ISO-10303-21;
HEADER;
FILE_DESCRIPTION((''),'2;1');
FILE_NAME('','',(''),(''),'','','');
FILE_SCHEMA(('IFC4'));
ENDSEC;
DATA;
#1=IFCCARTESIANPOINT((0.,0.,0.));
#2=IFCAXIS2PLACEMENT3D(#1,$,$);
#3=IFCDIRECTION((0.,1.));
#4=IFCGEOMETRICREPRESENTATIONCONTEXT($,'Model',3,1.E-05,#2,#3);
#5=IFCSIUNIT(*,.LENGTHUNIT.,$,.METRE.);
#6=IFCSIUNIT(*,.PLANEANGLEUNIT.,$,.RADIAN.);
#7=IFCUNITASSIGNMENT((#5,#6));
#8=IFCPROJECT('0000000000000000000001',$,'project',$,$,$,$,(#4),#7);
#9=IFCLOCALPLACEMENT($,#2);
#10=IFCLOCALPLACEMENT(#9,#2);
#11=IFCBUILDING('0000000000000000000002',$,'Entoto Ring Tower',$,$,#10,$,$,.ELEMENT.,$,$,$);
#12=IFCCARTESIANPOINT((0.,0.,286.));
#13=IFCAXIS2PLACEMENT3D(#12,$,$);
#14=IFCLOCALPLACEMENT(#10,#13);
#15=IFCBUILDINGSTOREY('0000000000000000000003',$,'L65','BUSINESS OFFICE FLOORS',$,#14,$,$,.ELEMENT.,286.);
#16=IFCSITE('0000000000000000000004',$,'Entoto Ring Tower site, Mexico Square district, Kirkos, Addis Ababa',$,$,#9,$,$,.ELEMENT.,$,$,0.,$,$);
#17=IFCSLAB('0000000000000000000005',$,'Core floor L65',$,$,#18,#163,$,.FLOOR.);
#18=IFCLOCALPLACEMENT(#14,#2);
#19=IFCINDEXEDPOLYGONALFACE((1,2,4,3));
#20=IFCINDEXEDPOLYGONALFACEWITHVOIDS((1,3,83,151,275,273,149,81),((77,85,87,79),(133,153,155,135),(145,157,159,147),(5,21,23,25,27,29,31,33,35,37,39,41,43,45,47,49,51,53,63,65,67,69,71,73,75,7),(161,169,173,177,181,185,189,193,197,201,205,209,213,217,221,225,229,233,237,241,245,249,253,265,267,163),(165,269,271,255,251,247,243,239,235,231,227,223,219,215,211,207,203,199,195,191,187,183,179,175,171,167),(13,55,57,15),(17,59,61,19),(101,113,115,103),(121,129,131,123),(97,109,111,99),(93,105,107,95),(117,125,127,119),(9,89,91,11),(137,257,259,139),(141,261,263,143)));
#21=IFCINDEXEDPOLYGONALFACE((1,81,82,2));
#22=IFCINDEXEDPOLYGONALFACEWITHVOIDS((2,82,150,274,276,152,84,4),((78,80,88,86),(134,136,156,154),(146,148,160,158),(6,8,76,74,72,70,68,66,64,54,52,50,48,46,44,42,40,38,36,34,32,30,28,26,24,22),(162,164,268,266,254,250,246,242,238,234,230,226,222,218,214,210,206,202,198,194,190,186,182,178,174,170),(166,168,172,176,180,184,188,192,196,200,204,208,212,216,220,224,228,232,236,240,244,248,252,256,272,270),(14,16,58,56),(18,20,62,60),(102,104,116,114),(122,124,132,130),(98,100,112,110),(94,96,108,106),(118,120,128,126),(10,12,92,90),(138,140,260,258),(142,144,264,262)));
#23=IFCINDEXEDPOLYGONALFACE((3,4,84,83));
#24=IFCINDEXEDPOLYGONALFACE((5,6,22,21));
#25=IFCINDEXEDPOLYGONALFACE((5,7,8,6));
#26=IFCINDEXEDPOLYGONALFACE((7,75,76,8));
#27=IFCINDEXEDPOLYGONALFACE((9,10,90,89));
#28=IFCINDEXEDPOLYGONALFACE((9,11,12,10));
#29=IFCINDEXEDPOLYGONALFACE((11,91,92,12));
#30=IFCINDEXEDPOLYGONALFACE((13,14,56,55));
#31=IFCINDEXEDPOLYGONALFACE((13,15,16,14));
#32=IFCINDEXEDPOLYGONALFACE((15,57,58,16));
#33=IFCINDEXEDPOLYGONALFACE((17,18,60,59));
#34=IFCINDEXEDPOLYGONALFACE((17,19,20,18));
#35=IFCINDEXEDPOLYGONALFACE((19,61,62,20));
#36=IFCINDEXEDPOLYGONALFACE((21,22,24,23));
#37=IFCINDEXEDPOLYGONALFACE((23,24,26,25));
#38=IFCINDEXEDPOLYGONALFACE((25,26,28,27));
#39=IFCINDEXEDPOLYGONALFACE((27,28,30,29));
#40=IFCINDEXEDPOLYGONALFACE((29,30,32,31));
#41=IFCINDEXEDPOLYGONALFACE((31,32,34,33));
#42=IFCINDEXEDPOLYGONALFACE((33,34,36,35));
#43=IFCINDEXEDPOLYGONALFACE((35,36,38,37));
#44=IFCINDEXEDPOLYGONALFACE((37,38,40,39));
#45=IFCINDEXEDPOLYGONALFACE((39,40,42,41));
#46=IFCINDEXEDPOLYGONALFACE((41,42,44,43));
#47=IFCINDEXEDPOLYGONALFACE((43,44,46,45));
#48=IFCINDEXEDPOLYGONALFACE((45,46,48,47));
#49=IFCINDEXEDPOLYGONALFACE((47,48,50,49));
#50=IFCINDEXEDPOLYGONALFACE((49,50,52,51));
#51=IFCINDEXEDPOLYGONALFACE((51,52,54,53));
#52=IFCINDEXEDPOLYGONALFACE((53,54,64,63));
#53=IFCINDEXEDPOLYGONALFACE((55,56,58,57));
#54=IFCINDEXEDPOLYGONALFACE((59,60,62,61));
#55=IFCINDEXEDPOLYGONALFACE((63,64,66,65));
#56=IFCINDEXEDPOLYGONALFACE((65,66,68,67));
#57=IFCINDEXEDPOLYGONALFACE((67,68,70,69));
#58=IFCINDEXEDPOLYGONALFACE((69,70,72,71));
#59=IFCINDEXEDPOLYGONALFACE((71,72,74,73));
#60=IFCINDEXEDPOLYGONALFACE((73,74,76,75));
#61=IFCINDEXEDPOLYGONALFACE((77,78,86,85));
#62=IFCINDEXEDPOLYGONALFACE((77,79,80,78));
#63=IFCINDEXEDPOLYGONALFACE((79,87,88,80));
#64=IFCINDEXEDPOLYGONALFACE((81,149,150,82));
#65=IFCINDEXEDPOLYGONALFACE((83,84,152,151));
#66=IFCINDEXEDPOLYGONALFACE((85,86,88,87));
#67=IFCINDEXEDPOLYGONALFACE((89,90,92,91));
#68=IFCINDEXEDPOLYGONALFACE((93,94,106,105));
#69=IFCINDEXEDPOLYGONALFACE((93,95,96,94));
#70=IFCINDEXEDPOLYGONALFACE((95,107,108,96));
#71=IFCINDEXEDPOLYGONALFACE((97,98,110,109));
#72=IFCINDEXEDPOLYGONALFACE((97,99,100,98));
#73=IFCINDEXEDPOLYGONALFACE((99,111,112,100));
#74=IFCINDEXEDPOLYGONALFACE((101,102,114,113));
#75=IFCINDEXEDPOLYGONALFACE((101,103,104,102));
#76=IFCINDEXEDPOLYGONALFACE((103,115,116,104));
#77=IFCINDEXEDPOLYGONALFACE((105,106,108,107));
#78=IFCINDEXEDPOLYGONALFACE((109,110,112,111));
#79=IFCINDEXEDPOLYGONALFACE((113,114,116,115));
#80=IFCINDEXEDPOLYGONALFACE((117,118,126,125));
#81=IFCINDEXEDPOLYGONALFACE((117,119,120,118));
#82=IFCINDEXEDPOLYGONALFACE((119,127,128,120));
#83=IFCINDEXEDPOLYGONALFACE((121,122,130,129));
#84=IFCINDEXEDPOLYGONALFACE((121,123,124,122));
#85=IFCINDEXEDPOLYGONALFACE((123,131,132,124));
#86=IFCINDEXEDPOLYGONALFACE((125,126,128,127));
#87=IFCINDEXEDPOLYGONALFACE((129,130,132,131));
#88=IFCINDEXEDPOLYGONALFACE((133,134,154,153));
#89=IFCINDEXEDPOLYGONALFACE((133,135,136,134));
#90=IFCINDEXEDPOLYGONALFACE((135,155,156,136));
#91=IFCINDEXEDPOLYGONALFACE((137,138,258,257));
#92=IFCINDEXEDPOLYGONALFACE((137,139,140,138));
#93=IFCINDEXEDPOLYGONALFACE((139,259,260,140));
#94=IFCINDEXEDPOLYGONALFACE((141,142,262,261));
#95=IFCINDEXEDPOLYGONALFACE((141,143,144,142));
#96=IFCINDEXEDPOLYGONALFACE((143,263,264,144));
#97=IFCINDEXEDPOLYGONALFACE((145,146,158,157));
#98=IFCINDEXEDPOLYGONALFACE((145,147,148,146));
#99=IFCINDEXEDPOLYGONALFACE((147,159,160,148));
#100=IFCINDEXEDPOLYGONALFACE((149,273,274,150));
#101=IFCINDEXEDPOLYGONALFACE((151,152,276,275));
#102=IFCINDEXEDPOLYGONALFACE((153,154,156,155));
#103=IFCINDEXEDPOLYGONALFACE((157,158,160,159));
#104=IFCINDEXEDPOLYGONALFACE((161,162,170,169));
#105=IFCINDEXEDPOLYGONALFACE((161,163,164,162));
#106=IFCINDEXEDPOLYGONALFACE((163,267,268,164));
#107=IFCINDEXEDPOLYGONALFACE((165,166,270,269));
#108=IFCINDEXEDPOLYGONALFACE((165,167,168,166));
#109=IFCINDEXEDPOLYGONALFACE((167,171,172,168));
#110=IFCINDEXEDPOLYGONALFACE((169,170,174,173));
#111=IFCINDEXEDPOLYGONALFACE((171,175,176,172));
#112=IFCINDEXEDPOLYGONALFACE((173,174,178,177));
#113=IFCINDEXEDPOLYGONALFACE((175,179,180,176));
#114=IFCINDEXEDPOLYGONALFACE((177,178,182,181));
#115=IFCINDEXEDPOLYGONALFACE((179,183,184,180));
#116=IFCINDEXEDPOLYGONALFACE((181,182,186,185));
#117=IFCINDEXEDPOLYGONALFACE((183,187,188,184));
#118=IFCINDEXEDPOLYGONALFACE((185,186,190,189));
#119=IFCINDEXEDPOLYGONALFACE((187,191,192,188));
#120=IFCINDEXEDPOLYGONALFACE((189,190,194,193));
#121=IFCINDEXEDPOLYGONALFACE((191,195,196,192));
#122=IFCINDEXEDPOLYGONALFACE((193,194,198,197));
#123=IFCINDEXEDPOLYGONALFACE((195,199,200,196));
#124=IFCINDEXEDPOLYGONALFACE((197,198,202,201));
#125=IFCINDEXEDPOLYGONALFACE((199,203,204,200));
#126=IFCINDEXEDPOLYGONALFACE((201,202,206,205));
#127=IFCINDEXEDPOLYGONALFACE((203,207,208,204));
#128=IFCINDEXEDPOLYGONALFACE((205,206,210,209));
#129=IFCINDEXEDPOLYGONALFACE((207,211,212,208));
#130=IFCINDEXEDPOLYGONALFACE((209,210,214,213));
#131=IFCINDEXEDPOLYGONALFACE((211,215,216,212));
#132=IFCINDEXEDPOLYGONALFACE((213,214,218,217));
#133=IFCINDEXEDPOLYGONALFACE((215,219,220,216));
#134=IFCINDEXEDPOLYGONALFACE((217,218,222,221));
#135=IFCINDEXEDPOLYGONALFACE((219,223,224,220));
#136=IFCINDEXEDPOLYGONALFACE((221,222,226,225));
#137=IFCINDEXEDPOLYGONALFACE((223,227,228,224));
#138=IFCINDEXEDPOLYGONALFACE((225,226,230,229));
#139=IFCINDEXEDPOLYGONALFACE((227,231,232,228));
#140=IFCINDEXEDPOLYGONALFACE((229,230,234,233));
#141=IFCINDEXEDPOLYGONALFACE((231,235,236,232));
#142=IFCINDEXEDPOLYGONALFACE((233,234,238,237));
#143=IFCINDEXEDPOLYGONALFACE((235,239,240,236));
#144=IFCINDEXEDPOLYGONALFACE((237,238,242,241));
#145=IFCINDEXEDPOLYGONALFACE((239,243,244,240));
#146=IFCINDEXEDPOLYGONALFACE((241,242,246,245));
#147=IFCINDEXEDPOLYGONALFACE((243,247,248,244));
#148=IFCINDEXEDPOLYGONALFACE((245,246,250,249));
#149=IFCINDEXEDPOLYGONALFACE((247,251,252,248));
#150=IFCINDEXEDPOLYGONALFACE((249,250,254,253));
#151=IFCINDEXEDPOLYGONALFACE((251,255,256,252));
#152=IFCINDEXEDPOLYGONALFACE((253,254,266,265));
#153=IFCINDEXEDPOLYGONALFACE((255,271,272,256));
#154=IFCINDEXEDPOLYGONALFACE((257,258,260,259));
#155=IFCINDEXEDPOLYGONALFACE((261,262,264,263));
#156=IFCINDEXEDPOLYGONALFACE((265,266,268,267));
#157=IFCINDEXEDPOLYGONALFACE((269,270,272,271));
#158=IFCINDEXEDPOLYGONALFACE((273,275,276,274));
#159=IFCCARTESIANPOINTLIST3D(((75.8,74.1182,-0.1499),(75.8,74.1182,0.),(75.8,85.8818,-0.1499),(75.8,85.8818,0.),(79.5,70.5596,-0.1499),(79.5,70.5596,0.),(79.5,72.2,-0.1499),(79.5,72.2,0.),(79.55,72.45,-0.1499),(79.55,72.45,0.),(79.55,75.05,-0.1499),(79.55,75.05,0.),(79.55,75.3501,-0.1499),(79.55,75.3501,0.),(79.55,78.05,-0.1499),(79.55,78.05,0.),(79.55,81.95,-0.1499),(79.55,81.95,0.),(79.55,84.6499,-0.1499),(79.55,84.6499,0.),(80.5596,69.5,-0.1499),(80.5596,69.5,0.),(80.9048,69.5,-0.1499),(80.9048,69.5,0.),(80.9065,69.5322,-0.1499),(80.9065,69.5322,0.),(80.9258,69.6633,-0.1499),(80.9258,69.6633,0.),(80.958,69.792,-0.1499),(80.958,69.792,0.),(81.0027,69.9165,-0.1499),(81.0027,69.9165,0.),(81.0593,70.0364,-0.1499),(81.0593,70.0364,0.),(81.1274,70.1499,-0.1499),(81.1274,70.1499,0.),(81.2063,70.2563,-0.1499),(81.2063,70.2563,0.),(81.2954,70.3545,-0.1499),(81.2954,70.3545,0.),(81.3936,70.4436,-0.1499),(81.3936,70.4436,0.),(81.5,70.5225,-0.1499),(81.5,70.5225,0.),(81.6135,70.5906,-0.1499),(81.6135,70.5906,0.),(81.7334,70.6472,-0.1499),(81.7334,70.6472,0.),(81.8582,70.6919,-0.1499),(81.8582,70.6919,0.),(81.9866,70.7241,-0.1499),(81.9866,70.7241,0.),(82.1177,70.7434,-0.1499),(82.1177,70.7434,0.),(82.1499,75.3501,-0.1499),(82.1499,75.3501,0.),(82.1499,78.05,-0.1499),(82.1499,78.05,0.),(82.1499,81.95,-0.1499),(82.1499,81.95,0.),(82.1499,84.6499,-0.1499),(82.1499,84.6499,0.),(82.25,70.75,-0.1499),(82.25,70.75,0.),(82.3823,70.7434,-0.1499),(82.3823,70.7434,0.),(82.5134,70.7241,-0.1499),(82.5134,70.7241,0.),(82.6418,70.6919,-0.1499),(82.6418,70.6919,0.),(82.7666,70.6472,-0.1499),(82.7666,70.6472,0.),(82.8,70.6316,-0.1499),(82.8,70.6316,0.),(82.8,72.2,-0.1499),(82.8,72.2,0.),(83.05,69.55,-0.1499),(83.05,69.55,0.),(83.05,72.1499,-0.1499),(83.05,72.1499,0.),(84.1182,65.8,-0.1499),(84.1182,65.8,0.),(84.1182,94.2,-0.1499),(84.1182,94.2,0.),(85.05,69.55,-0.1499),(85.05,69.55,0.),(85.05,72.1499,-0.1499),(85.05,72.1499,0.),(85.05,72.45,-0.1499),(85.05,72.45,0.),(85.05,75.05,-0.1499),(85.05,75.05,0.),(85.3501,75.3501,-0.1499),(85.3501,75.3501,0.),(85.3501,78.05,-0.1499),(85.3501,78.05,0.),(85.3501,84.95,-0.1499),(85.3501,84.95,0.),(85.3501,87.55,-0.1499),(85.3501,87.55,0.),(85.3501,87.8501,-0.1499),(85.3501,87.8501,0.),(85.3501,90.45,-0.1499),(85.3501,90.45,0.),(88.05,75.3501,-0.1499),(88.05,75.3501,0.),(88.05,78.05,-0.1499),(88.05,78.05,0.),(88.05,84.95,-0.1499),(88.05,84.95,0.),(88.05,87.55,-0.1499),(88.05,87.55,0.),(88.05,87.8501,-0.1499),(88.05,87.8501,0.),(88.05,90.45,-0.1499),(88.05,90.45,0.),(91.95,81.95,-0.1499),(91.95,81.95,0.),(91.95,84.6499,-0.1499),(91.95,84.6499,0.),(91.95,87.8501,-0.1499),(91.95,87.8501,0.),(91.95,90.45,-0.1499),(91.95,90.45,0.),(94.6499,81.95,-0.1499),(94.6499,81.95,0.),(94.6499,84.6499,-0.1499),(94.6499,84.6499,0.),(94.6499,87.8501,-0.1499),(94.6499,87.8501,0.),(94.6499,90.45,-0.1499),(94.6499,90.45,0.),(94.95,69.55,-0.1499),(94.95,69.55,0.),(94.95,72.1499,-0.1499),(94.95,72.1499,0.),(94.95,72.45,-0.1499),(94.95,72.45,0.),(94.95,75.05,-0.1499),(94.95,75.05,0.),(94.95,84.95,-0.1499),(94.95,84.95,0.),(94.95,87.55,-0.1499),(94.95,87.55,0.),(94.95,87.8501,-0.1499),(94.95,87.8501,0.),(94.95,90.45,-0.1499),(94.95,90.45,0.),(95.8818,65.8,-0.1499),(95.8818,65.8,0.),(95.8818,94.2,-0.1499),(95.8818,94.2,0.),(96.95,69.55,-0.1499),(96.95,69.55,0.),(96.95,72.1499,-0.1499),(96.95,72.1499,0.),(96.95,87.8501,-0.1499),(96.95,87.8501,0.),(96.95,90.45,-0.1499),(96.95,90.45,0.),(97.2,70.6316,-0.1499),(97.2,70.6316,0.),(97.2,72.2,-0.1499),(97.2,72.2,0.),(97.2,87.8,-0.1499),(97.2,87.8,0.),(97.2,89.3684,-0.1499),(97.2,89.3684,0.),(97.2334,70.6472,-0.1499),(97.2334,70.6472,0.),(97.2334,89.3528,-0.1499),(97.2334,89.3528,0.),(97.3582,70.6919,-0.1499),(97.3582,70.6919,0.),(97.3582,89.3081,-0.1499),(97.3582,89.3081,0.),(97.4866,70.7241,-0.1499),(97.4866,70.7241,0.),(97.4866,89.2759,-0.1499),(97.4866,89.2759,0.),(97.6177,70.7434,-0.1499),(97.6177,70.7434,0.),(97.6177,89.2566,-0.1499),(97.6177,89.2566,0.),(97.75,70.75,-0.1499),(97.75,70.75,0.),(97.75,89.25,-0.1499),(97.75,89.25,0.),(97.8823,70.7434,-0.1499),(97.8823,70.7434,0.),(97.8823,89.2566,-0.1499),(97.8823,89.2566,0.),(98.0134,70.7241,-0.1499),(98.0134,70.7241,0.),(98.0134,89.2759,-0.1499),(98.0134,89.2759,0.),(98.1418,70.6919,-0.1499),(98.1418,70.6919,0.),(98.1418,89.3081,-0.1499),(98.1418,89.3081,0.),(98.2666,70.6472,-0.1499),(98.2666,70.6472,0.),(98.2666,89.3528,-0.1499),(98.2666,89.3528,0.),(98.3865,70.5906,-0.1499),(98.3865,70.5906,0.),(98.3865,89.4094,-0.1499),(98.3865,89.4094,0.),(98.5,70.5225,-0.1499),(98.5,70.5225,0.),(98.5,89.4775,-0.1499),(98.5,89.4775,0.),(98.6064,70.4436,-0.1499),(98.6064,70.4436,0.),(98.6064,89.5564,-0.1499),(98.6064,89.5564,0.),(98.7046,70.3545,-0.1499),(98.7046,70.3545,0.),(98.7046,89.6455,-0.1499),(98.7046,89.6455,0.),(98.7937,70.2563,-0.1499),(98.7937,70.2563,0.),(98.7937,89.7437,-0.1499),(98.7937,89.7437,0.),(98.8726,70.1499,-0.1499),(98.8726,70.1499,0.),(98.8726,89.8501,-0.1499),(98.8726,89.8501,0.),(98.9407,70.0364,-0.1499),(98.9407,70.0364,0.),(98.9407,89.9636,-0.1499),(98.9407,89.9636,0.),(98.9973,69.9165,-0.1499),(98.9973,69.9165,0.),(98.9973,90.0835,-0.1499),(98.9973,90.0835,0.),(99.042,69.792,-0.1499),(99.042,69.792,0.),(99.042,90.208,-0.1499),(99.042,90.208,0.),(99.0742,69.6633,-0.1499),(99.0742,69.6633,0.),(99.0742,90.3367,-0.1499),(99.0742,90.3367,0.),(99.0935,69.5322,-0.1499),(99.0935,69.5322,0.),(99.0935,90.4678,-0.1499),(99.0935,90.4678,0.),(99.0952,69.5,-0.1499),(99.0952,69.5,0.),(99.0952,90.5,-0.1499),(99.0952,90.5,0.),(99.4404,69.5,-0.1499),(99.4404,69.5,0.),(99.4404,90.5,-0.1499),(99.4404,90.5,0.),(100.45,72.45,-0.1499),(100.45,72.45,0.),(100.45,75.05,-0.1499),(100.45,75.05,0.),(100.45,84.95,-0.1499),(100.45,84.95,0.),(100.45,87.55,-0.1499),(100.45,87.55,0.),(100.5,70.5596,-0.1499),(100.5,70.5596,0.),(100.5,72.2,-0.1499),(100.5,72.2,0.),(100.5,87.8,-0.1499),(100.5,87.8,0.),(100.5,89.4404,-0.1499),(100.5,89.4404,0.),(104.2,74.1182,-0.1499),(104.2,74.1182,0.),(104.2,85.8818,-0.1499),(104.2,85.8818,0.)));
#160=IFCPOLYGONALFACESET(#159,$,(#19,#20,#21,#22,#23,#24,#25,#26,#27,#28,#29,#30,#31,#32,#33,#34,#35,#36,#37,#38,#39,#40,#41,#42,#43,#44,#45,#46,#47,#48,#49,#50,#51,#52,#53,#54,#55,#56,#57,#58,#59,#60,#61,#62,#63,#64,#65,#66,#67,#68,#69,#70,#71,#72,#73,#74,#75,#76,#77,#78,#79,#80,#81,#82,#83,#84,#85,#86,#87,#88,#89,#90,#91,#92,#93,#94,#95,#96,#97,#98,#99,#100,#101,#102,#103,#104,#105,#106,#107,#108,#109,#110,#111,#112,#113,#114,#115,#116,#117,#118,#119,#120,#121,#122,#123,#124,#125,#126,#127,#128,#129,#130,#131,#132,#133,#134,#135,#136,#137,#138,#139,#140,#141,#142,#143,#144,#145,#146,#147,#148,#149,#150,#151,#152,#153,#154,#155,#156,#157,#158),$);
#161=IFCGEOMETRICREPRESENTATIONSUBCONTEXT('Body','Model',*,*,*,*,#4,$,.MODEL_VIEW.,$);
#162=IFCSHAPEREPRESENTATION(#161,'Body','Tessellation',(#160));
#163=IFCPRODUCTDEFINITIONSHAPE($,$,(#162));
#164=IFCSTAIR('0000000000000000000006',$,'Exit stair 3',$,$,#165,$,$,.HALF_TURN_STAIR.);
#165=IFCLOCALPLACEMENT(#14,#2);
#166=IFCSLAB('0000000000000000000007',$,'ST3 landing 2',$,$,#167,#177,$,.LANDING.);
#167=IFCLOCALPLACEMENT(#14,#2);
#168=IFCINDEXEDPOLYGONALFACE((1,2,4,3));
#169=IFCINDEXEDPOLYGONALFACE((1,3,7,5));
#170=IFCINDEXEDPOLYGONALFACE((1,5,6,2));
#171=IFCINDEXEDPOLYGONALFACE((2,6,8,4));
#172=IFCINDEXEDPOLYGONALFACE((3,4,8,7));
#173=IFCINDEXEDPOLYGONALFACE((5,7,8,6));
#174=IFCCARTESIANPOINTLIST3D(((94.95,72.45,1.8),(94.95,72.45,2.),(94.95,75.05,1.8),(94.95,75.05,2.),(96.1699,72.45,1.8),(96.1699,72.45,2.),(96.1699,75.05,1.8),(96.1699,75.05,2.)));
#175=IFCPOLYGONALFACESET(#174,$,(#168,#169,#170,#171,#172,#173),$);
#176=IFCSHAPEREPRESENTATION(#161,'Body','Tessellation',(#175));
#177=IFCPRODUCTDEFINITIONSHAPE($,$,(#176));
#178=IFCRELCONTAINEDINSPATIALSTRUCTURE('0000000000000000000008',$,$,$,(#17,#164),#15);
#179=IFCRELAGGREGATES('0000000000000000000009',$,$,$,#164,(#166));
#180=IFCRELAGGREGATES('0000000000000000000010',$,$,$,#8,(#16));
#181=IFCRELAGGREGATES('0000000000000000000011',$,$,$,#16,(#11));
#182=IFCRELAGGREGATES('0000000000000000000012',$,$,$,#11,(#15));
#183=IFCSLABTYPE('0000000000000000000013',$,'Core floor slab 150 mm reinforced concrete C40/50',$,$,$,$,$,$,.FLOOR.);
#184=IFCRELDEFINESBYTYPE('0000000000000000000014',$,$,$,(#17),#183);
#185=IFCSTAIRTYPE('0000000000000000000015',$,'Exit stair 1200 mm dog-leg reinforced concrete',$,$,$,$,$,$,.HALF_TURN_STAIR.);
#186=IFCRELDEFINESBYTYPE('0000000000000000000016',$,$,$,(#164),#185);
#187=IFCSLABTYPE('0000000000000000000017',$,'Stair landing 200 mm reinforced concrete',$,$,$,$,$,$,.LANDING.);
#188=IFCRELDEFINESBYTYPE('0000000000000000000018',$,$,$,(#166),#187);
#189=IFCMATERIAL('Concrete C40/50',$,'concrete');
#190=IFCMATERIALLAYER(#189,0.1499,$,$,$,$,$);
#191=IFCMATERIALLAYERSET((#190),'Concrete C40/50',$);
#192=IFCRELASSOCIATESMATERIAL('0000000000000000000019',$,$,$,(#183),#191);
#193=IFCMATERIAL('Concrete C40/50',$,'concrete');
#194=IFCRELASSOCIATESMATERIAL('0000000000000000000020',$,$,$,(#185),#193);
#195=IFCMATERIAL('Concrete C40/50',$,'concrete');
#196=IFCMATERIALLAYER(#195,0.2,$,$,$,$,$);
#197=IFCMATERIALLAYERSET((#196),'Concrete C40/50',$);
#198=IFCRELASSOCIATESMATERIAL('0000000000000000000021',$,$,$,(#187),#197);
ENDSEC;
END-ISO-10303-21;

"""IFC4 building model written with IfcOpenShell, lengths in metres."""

from ifc_helpers import new_model, si_unit, direction, frame, origin, place, context, subcontext, project, spatial, polyline, outline, extrude, material, layer, layer_set, type_object, element, aggregate, save


model = new_model("IFC4")

# Units and contexts
model_context = context("Model", 3, precision=1e-05, world=origin(), true_north=direction((0.0, 1.0)))
body_context = subcontext(model_context, "Body", "Model", "MODEL_VIEW")
ifc_project = project(units=[si_unit("LENGTHUNIT", "METRE"), si_unit("PLANEANGLEUNIT", "RADIAN")], contexts=[model_context])

# Site, building, storey
site_placement = place(None, origin())
site = spatial("IfcSite", under=ifc_project, at=site_placement, Name="Entoto Ring Tower site, Mexico Square district, Kirkos, Addis Ababa", CompositionType="ELEMENT", RefElevation=0.0)
building_placement = place(site_placement, origin())
building = spatial("IfcBuilding", under=site, at=building_placement, Name="Entoto Ring Tower", CompositionType="ELEMENT")
storey_placement = place(building_placement, frame((0.0, 0.0, 286.0)))
storey = spatial("IfcBuildingStorey", under=building, at=storey_placement, Name="L65", Description="BUSINESS OFFICE FLOORS", CompositionType="ELEMENT", Elevation=286.0)

# Slab
ifc_material_1 = material(Name="Concrete C40/50", Category="concrete")
ifc_layer_1 = layer(ifc_material_1, 0.1499)
ifc_layer_set_1 = layer_set([ifc_layer_1], Name="Concrete C40/50")
slab_type_1 = type_object("IfcSlabType", Name="Core floor slab 150 mm reinforced concrete C40/50", PredefinedType="FLOOR", material=ifc_layer_set_1)
slab_1_placement = place(storey_placement, frame((0.0, 0.0, -0.1499)))
element("IfcSlab", 1, at=slab_1_placement, inside=storey, type_object=slab_type_1, Name="Core floor L65", PredefinedType="FLOOR", context=body_context, shape_type="SweptSolid", body=[
    extrude(outline(polyline([(104.2, 74.1182), (104.2, 85.8818), (95.8818, 94.2), (84.1182, 94.2), (75.8, 85.8818), (75.8, 74.1182), (84.1182, 65.8), (95.8818, 65.8), (104.2, 74.1182)]), holes=[polyline([(100.45, 84.95), (100.45, 87.55), (94.95, 87.55), (94.95, 84.95), (100.45, 84.95)]), polyline([(85.05, 72.45), (85.05, 75.05), (79.55, 75.05), (79.55, 72.45), (85.05, 72.45)]), polyline([(100.45, 72.45), (100.45, 75.05), (94.95, 75.05), (94.95, 72.45), (100.45, 72.45)]), polyline([(94.95, 90.45), (94.95, 87.8501), (96.95, 87.8501), (96.95, 90.45), (94.95, 90.45)]), polyline([(94.95, 72.1499), (94.95, 69.55), (96.95, 69.55), (96.95, 72.1499), (94.95, 72.1499)]), polyline([(83.05, 72.1499), (83.05, 69.55), (85.05, 69.55), (85.05, 72.1499), (83.05, 72.1499)]), polyline([(79.55, 81.95), (82.1499, 81.95), (82.1499, 84.6499), (79.55, 84.6499), (79.55, 81.95)]), polyline([(79.55, 75.3501), (82.1499, 75.3501), (82.1499, 78.05), (79.55, 78.05), (79.55, 75.3501)]), polyline([(91.95, 87.8501), (94.6499, 87.8501), (94.6499, 90.45), (91.95, 90.45), (91.95, 87.8501)]), polyline([(91.95, 81.95), (94.6499, 81.95), (94.6499, 84.6499), (91.95, 84.6499), (91.95, 81.95)]), polyline([(85.3501, 75.3501), (88.05, 75.3501), (88.05, 78.05), (85.3501, 78.05), (85.3501, 75.3501)]), polyline([(85.3501, 84.95), (88.05, 84.95), (88.05, 87.55), (85.3501, 87.55), (85.3501, 84.95)]), polyline([(85.3501, 87.8501), (88.05, 87.8501), (88.05, 90.45), (85.3501, 90.45), (85.3501, 87.8501)]), polyline([(97.2, 89.3684), (97.2, 87.8), (100.5, 87.8), (100.5, 89.4404), (99.4404, 90.5), (99.0952, 90.5), (99.0935, 90.4678), (99.0742, 90.3367), (99.042, 90.208), (98.9973, 90.0835), (98.9407, 89.9636), (98.8726, 89.8501), (98.7937, 89.7437), (98.7046, 89.6455), (98.6064, 89.5564), (98.5, 89.4775), (98.3865, 89.4094), (98.2666, 89.3528), (98.1418, 89.3081), (98.0134, 89.2759), (97.8823, 89.2566), (97.75, 89.25), (97.6177, 89.2566), (97.4866, 89.2759), (97.3582, 89.3081), (97.2334, 89.3528), (97.2, 89.3684)]), polyline([(80.5596, 69.5), (80.9048, 69.5), (80.9065, 69.5322), (80.9258, 69.6633), (80.958, 69.792), (81.0027, 69.9165), (81.0593, 70.0364), (81.1274, 70.1499), (81.2063, 70.2563), (81.2954, 70.3545), (81.3936, 70.4436), (81.5, 70.5225), (81.6135, 70.5906), (81.7334, 70.6472), (81.8582, 70.6919), (81.9866, 70.7241), (82.1177, 70.7434), (82.25, 70.75), (82.3823, 70.7434), (82.5134, 70.7241), (82.6418, 70.6919), (82.7666, 70.6472), (82.8, 70.6316), (82.8, 72.2), (79.5, 72.2), (79.5, 70.5596), (80.5596, 69.5)]), polyline([(99.0952, 69.5), (99.4404, 69.5), (100.5, 70.5596), (100.5, 72.2), (97.2, 72.2), (97.2, 70.6316), (97.2334, 70.6472), (97.3582, 70.6919), (97.4866, 70.7241), (97.6177, 70.7434), (97.75, 70.75), (97.8823, 70.7434), (98.0134, 70.7241), (98.1418, 70.6919), (98.2666, 70.6472), (98.3865, 70.5906), (98.5, 70.5225), (98.6064, 70.4436), (98.7046, 70.3545), (98.7937, 70.2563), (98.8726, 70.1499), (98.9407, 70.0364), (98.9973, 69.9165), (99.042, 69.792), (99.0742, 69.6633), (99.0935, 69.5322), (99.0952, 69.5)])]), origin(), (0.0, 0.0, 1.0), 0.1499),
])

# Stair, slab
ifc_material_2 = material(Name="Concrete C40/50", Category="concrete")
stair_type = type_object("IfcStairType", Name="Exit stair 1200 mm dog-leg reinforced concrete", PredefinedType="HALF_TURN_STAIR", material=ifc_material_2)
stair_placement = place(storey_placement, origin())
stair = element("IfcStair", 2, at=stair_placement, inside=storey, type_object=stair_type, Name="Exit stair 3", PredefinedType="HALF_TURN_STAIR")
ifc_material_3 = material(Name="Concrete C40/50", Category="concrete")
ifc_layer_2 = layer(ifc_material_3, 0.2)
ifc_layer_set_2 = layer_set([ifc_layer_2], Name="Concrete C40/50")
slab_type_2 = type_object("IfcSlabType", Name="Stair landing 200 mm reinforced concrete", PredefinedType="LANDING", material=ifc_layer_set_2)
slab_2_placement = place(storey_placement, frame((0.0, 0.0, 1.8)))
slab_2 = element("IfcSlab", 3, at=slab_2_placement, type_object=slab_type_2, Name="ST3 landing 2", PredefinedType="LANDING", context=body_context, shape_type="SweptSolid", body=[
    extrude(outline(polyline([(94.95, 72.45), (96.1699, 72.45), (96.1699, 75.05), (94.95, 75.05), (94.95, 72.45)])), origin(), (0.0, 0.0, 1.0), 0.2),
])
aggregate(stair, [slab_2])

save(model, "model.ifc")
